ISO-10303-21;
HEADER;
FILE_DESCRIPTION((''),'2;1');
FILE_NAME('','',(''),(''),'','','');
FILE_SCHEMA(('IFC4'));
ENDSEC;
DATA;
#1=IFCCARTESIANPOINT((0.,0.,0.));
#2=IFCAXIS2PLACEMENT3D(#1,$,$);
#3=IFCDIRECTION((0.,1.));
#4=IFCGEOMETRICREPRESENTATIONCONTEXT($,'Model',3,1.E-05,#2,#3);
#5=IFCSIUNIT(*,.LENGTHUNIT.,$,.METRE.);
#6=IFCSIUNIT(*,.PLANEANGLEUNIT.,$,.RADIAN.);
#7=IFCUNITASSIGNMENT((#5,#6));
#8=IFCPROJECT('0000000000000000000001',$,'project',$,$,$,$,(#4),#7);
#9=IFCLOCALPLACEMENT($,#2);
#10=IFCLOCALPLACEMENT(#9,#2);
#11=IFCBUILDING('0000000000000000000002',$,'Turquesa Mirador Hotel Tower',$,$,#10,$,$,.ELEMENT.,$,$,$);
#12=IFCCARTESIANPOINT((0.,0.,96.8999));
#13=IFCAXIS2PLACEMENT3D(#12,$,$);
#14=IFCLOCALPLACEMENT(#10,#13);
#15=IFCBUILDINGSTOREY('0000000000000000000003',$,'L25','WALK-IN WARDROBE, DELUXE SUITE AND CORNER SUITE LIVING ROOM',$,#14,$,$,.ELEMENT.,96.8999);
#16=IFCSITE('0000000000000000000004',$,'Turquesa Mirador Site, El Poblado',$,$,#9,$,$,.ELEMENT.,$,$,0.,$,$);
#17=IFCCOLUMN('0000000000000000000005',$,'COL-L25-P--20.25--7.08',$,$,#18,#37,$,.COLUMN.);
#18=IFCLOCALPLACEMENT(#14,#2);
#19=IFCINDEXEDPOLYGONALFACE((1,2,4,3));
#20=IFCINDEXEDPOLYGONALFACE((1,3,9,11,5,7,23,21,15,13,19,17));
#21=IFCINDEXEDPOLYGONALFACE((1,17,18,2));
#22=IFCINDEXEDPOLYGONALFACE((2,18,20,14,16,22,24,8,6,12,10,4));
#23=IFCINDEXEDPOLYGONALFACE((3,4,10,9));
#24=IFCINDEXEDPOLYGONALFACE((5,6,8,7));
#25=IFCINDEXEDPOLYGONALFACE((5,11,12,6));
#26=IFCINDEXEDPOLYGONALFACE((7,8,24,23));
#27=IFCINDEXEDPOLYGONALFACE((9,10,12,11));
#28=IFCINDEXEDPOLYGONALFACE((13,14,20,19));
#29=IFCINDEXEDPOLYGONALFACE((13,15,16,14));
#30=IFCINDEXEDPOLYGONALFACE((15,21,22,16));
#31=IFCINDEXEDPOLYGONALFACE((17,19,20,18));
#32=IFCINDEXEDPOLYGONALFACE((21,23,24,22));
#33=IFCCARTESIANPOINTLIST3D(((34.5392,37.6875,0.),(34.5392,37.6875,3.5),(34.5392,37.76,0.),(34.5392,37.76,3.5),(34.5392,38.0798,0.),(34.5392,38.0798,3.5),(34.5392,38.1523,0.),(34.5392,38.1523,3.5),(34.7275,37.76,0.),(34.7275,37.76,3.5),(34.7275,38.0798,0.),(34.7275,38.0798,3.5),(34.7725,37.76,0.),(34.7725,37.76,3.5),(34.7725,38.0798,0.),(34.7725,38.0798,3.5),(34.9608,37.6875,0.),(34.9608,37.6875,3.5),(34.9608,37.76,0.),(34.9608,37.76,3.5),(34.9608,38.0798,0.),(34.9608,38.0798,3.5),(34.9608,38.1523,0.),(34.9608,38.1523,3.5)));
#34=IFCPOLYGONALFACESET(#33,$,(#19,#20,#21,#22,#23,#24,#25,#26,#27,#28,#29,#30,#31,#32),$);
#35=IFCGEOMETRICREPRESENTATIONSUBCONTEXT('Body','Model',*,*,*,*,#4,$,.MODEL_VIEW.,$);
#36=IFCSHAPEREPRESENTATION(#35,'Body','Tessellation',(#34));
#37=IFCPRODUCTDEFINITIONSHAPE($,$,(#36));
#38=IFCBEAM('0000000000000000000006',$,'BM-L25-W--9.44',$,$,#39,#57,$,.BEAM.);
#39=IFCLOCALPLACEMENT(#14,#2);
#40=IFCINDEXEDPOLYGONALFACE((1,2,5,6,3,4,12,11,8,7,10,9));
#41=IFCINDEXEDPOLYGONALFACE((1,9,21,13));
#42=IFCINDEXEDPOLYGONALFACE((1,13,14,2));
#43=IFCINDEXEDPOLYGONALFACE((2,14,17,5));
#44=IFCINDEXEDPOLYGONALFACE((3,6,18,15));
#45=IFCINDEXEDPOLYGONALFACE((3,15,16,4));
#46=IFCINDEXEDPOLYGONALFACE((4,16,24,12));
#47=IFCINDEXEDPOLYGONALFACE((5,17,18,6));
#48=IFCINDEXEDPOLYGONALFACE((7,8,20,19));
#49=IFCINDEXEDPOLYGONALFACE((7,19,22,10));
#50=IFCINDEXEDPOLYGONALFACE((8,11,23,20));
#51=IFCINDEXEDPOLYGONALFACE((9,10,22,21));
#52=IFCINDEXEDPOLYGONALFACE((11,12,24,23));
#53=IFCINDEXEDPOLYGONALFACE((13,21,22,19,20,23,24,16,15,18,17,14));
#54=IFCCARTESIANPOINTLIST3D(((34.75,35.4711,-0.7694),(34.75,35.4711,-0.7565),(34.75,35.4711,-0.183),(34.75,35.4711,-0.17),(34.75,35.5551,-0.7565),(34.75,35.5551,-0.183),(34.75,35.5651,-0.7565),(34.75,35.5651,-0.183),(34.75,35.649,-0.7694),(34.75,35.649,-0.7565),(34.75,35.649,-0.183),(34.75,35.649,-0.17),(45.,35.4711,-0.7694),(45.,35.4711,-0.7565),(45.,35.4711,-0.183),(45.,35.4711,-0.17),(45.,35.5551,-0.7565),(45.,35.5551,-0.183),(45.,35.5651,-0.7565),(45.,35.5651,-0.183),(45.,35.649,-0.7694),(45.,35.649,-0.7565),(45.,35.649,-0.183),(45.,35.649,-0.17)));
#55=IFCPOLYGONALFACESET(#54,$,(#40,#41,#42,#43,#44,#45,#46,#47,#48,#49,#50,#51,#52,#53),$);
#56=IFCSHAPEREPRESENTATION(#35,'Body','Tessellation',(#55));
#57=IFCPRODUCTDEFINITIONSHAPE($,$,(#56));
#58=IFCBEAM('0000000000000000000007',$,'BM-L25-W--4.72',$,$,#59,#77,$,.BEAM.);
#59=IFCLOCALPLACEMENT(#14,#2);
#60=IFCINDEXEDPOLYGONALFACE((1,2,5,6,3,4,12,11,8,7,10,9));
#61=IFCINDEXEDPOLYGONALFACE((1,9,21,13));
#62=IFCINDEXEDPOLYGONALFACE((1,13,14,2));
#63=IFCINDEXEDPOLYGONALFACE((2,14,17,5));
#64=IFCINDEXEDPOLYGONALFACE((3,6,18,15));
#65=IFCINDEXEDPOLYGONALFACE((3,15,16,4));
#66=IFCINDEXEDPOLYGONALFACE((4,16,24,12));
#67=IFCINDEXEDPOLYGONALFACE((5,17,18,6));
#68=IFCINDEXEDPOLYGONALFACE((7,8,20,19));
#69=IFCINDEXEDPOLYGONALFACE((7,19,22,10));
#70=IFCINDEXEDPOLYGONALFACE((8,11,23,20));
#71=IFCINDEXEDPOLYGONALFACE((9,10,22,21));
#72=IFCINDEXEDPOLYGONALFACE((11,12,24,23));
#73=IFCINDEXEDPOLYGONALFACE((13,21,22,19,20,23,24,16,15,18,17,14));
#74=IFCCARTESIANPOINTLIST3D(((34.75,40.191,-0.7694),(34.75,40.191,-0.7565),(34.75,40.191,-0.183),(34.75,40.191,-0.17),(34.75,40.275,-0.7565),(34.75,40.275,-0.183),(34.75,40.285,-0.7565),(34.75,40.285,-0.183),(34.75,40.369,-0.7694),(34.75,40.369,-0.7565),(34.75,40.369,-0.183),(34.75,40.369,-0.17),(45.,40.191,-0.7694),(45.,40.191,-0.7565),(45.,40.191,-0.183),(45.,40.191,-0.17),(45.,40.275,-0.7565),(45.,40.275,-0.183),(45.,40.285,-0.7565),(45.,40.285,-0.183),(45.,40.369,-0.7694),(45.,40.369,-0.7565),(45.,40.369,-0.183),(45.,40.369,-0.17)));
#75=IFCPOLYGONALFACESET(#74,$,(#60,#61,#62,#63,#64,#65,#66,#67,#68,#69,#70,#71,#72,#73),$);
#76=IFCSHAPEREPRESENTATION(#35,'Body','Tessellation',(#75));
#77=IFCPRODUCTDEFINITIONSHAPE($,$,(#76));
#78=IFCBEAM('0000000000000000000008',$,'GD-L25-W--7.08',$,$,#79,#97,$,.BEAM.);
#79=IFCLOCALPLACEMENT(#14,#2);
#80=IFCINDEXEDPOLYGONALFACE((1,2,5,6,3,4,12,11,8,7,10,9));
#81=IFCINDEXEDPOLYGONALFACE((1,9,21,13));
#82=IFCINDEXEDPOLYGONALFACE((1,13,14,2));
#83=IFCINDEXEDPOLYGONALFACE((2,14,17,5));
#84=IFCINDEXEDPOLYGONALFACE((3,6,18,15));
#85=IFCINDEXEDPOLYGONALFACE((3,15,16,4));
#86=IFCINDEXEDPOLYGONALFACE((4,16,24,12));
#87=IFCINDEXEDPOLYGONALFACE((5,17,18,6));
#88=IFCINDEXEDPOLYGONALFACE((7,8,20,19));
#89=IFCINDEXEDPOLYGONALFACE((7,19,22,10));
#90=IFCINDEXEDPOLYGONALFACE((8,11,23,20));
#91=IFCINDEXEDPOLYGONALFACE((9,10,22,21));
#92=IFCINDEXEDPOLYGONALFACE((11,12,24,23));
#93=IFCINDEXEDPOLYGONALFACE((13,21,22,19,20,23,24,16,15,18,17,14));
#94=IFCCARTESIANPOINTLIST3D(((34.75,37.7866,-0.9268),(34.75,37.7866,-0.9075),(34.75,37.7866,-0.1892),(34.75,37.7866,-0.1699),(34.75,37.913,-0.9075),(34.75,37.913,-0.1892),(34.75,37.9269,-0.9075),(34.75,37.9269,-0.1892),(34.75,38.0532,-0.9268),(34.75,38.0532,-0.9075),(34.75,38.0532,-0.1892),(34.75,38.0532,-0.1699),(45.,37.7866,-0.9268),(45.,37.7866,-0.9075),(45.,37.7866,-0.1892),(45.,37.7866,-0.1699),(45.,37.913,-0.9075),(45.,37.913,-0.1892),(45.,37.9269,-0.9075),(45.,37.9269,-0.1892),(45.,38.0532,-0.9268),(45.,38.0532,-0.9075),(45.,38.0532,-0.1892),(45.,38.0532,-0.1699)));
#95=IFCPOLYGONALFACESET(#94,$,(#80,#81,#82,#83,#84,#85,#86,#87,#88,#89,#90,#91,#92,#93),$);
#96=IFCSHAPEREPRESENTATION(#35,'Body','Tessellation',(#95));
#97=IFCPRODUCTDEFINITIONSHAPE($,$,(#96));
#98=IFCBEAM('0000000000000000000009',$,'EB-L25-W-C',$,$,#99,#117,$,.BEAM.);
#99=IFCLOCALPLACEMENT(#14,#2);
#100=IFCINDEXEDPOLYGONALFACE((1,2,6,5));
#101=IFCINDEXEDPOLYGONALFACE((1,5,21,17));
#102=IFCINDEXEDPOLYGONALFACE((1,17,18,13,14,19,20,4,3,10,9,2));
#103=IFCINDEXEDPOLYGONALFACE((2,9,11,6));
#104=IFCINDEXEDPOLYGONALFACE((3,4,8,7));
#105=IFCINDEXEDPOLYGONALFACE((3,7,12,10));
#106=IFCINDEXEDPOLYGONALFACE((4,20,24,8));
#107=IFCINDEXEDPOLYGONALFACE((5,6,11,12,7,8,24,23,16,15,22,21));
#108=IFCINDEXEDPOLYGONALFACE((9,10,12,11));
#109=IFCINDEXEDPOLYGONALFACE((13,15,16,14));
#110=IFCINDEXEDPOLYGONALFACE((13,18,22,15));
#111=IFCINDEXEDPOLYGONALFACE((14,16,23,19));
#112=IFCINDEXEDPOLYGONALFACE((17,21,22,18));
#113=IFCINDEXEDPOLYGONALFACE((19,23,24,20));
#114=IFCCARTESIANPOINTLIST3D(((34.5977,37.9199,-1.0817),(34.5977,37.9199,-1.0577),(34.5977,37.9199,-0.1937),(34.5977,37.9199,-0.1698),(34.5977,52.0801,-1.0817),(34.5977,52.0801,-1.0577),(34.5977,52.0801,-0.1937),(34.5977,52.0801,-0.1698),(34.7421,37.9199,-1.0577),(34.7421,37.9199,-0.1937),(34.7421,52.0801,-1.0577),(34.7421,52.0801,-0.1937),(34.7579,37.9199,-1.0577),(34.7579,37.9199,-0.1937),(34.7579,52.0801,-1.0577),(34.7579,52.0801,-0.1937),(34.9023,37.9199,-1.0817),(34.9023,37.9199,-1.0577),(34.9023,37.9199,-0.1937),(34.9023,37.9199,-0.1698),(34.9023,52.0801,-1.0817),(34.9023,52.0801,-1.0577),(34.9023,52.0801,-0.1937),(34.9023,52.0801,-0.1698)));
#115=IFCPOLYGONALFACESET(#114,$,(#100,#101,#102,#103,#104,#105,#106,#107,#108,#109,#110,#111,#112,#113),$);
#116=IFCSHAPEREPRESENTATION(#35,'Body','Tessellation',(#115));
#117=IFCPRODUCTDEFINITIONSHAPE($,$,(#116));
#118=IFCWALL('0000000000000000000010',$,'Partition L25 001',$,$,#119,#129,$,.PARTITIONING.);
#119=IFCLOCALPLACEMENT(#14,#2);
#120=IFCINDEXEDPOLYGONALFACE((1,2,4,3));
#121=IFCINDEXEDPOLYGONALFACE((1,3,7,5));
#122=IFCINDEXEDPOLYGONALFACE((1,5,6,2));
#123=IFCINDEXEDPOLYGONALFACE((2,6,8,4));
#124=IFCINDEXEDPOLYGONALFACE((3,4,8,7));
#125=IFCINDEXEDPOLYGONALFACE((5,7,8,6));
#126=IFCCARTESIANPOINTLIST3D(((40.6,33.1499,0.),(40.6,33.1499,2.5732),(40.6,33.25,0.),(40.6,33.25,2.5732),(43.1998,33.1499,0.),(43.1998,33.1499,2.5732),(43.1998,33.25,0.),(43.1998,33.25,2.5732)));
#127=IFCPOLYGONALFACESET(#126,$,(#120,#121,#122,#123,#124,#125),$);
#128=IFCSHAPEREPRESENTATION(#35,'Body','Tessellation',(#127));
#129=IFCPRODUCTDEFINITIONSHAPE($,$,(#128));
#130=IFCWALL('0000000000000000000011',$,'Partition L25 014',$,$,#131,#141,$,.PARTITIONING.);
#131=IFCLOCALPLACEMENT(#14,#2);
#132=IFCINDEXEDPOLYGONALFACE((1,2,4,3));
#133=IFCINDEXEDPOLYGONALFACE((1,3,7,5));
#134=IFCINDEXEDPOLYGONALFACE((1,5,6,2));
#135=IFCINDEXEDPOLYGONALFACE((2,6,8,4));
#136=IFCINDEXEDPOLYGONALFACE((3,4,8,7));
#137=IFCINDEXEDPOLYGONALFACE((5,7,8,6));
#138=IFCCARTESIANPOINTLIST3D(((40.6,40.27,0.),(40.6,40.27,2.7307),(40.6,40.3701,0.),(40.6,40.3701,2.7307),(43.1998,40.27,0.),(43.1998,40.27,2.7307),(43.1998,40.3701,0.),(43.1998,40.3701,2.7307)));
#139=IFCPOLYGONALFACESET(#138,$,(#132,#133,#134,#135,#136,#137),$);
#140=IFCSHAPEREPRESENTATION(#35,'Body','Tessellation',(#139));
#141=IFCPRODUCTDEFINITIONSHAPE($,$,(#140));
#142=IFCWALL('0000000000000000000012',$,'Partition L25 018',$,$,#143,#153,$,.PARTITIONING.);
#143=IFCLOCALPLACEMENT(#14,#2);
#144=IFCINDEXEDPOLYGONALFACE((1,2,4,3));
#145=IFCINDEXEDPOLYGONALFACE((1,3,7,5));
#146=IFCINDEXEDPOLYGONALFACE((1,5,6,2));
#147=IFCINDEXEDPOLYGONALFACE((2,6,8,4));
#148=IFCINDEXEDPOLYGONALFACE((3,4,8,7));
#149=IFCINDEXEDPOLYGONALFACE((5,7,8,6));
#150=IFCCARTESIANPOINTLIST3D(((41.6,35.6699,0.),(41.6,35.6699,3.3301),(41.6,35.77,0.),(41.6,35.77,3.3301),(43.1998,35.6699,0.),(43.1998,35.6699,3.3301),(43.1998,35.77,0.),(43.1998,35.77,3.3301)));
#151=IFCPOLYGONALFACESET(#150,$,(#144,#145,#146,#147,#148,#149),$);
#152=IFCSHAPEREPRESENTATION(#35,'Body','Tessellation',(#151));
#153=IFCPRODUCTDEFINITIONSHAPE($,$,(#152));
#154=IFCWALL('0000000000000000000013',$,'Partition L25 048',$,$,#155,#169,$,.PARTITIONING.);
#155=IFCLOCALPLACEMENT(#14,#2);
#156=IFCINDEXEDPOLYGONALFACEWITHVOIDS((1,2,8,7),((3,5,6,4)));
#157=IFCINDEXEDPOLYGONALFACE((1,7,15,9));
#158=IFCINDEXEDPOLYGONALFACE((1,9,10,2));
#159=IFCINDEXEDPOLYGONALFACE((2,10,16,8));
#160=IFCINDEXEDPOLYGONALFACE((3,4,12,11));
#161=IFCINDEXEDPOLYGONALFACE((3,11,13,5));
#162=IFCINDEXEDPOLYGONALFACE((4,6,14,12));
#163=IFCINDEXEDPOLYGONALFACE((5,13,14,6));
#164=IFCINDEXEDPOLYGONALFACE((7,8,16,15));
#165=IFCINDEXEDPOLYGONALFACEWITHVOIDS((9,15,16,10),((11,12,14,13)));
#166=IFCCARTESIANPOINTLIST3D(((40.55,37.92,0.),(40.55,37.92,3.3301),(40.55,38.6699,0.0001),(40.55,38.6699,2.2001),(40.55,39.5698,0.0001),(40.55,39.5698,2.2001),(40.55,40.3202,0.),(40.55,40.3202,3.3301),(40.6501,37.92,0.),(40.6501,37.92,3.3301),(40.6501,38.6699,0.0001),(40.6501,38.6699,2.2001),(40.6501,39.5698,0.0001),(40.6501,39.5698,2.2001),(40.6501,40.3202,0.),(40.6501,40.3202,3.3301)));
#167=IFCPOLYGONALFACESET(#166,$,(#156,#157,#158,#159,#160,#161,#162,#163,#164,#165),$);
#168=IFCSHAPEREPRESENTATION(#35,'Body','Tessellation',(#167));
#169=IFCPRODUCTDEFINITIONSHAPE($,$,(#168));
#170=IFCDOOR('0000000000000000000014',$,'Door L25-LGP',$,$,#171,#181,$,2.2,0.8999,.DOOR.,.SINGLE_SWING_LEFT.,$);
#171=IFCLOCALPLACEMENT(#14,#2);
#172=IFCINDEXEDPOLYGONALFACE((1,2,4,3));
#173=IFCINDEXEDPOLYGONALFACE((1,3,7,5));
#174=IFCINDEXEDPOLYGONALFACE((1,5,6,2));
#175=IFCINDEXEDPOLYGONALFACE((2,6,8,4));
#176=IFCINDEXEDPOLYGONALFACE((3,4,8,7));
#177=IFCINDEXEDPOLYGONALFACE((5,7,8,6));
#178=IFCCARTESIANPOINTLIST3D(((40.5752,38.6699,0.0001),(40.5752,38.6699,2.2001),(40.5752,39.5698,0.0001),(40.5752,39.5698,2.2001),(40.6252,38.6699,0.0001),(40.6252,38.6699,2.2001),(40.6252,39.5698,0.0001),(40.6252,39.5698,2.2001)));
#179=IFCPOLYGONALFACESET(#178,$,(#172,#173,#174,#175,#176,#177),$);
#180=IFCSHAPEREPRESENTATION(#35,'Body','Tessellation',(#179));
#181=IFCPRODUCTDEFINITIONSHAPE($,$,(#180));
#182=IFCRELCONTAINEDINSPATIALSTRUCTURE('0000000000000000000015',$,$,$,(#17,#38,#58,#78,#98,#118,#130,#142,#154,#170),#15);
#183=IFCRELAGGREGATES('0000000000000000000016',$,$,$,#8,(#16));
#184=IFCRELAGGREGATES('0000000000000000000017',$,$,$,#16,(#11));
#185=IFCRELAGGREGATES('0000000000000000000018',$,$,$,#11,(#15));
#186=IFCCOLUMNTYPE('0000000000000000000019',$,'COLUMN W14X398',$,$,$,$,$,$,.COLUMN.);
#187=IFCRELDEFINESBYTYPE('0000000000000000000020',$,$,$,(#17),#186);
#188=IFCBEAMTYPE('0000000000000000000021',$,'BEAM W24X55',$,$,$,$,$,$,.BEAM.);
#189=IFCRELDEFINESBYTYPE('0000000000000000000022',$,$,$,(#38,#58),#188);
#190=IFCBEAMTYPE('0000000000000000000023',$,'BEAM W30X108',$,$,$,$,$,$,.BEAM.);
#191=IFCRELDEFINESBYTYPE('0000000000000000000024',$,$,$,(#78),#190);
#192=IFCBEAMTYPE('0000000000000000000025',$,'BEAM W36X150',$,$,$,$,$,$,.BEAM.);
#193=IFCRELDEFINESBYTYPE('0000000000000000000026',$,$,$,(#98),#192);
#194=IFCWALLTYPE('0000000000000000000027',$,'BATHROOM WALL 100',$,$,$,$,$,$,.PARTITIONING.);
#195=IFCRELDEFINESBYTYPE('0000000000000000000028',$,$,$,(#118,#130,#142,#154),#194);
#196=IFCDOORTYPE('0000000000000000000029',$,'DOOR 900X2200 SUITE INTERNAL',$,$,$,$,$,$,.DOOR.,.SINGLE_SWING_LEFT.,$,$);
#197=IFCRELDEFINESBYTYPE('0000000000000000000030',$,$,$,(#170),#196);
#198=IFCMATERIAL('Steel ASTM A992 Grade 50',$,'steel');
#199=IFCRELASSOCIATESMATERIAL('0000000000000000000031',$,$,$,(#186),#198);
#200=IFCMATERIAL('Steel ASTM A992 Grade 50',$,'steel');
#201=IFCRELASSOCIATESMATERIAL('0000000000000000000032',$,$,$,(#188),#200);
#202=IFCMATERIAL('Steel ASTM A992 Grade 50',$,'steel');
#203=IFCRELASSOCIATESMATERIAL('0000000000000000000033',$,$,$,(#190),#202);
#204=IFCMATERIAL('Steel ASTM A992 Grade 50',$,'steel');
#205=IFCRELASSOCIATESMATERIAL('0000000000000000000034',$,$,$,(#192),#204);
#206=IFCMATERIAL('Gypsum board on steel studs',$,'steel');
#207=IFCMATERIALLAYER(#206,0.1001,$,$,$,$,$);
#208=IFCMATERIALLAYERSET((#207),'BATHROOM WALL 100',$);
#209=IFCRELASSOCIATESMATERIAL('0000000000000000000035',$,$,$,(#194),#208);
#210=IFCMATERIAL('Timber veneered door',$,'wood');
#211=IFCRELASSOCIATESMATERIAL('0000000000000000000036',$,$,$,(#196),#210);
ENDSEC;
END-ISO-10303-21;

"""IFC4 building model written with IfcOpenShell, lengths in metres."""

from ifc_helpers import new_model, si_unit, direction, frame, frame_2d, origin, origin_2d, place, context, subcontext, project, spatial, rectangle, i_section, extrude, material, layer, layer_set, material_profile, profile_set, type_object, element, fill, save


model = new_model("IFC4")

# Units and contexts
model_context = context("Model", 3, precision=1e-05, world=origin(), true_north=direction((0.0, 1.0)))
body_context = subcontext(model_context, "Body", "Model", "MODEL_VIEW")
ifc_project = project(units=[si_unit("LENGTHUNIT", "METRE"), si_unit("PLANEANGLEUNIT", "RADIAN")], contexts=[model_context])

# Site, building, storey
site_placement = place(None, origin())
site = spatial("IfcSite", under=ifc_project, at=site_placement, Name="Turquesa Mirador Site, El Poblado", CompositionType="ELEMENT", RefElevation=0.0)
building_placement = place(site_placement, origin())
building = spatial("IfcBuilding", under=site, at=building_placement, Name="Turquesa Mirador Hotel Tower", CompositionType="ELEMENT")
storey_placement = place(building_placement, frame((0.0, 0.0, 96.8999)))
storey = spatial("IfcBuildingStorey", under=building, at=storey_placement, Name="L25", Description="WALK-IN WARDROBE, DELUXE SUITE AND CORNER SUITE LIVING ROOM", CompositionType="ELEMENT", Elevation=96.8999)

# Column
ifc_material_1 = material(Name="Steel ASTM A992 Grade 50", Category="steel")
ifc_material_profile_1 = material_profile(ifc_material_1, i_section(OverallWidth=0.4216, OverallDepth=0.4648, WebThickness=0.0449, FlangeThickness=0.0725, at=origin_2d()), Name="W14X398")
ifc_profile_set_1 = profile_set([ifc_material_profile_1], Name="Steel ASTM A992 Grade 50")
column_type = type_object("IfcColumnType", Name="COLUMN W14X398", PredefinedType="COLUMN", material=ifc_profile_set_1)
column_placement = place(storey_placement, frame((34.75, 37.9199, 0.0), z_axis=(0.0, 0.0, 1.0), x_axis=(1.0, 0.0, 0.0)))
element("IfcColumn", 1, at=column_placement, inside=storey, type_object=column_type, Name="COL-L25-P--20.25--7.08", PredefinedType="COLUMN", context=body_context, shape_type="SweptSolid", body=[
    extrude(i_section(OverallWidth=0.4216, OverallDepth=0.4648, WebThickness=0.0449, FlangeThickness=0.0725, at=origin_2d()), origin(), (0.0, 0.0, 1.0), 3.5),
])

# Beams
ifc_material_2 = material(Name="Steel ASTM A992 Grade 50", Category="steel")
ifc_material_profile_2 = material_profile(ifc_material_2, i_section(OverallWidth=0.178, OverallDepth=0.5994, WebThickness=0.01, FlangeThickness=0.0129, at=origin_2d()), Name="W24X55")
ifc_profile_set_2 = profile_set([ifc_material_profile_2], Name="Steel ASTM A992 Grade 50")
beam_type_1 = type_object("IfcBeamType", Name="BEAM W24X55", PredefinedType="BEAM", material=ifc_profile_set_2)
for number, where, z_axis, x_axis, name in (
    (2, (34.75, 35.5601, -0.4697), (1.0, 0.0, 0.0), (0.0, 1.0, 0.0), "BM-L25-W--9.44"),
    (3, (34.75, 40.28, -0.4697), (1.0, 0.0, 0.0), (0.0, 1.0, 0.0), "BM-L25-W--4.72"),
):
    element("IfcBeam", number, at=place(storey_placement, frame(where, z_axis=z_axis, x_axis=x_axis)), inside=storey, type_object=beam_type_1, Name=name, PredefinedType="BEAM", context=body_context, shape_type="SweptSolid", body=[
        extrude(i_section(OverallWidth=0.178, OverallDepth=0.5994, WebThickness=0.01, FlangeThickness=0.0129, at=origin_2d()), origin(), (0.0, 0.0, 1.0), 10.25),
    ])
ifc_material_3 = material(Name="Steel ASTM A992 Grade 50", Category="steel")
ifc_material_profile_3 = material_profile(ifc_material_3, i_section(OverallWidth=0.2666, OverallDepth=0.7568, WebThickness=0.0139, FlangeThickness=0.0193, at=origin_2d()), Name="W30X108")
ifc_profile_set_3 = profile_set([ifc_material_profile_3], Name="Steel ASTM A992 Grade 50")
beam_type_2 = type_object("IfcBeamType", Name="BEAM W30X108", PredefinedType="BEAM", material=ifc_profile_set_3)
beam_1_placement = place(storey_placement, frame((34.75, 37.9199, -0.5483), z_axis=(1.0, 0.0, 0.0), x_axis=(0.0, 1.0, 0.0)))
element("IfcBeam", 4, at=beam_1_placement, inside=storey, type_object=beam_type_2, Name="GD-L25-W--7.08", PredefinedType="BEAM", context=body_context, shape_type="SweptSolid", body=[
    extrude(i_section(OverallWidth=0.2666, OverallDepth=0.7568, WebThickness=0.0139, FlangeThickness=0.0193, at=origin_2d()), origin(), (0.0, 0.0, 1.0), 10.25),
])
ifc_material_4 = material(Name="Steel ASTM A992 Grade 50", Category="steel")
ifc_material_profile_4 = material_profile(ifc_material_4, i_section(OverallWidth=0.3047, OverallDepth=0.9119, WebThickness=0.0159, FlangeThickness=0.0239, at=origin_2d()), Name="W36X150")
ifc_profile_set_4 = profile_set([ifc_material_profile_4], Name="Steel ASTM A992 Grade 50")
beam_type_3 = type_object("IfcBeamType", Name="BEAM W36X150", PredefinedType="BEAM", material=ifc_profile_set_4)
beam_2_placement = place(storey_placement, frame((34.75, 37.9199, -0.6257), z_axis=(0.0, 1.0, 0.0), x_axis=(-1.0, 0.0, 0.0)))
element("IfcBeam", 5, at=beam_2_placement, inside=storey, type_object=beam_type_3, Name="EB-L25-W-C", PredefinedType="BEAM", context=body_context, shape_type="SweptSolid", body=[
    extrude(i_section(OverallWidth=0.3047, OverallDepth=0.9119, WebThickness=0.0159, FlangeThickness=0.0239, at=origin_2d()), origin(), (0.0, 0.0, 1.0), 14.1602),
])

# Walls
ifc_material_5 = material(Name="Gypsum board on steel studs", Category="steel")
ifc_layer = layer(ifc_material_5, 0.1001)
ifc_layer_set = layer_set([ifc_layer], Name="BATHROOM WALL 100")
wall_type = type_object("IfcWallType", Name="BATHROOM WALL 100", PredefinedType="PARTITIONING", material=ifc_layer_set)
wall_1_placement = place(storey_placement, frame((40.6001, 33.2, 0.0), z_axis=(0.0, 0.0, 1.0), x_axis=(1.0, 0.0, 0.0)))
element("IfcWall", 6, at=wall_1_placement, inside=storey, type_object=wall_type, Name="Partition L25 001", PredefinedType="PARTITIONING", context=body_context, shape_type="SweptSolid", body=[
    extrude(rectangle(XDim=2.5999, YDim=0.1001, at=frame_2d((1.2998, 0.0))), origin(), (0.0, 0.0, 1.0), 2.5732),
])
wall_2_placement = place(storey_placement, frame((40.6001, 40.3201, 0.0), z_axis=(0.0, 0.0, 1.0), x_axis=(1.0, 0.0, 0.0)))
element("IfcWall", 7, at=wall_2_placement, inside=storey, type_object=wall_type, Name="Partition L25 014", PredefinedType="PARTITIONING", context=body_context, shape_type="SweptSolid", body=[
    extrude(rectangle(XDim=2.5999, YDim=0.1001, at=frame_2d((1.2998, 0.0))), origin(), (0.0, 0.0, 1.0), 2.7307),
])
wall_3_placement = place(storey_placement, frame((41.6001, 35.72, 0.0), z_axis=(0.0, 0.0, 1.0), x_axis=(1.0, 0.0, 0.0)))
element("IfcWall", 8, at=wall_3_placement, inside=storey, type_object=wall_type, Name="Partition L25 018", PredefinedType="PARTITIONING", context=body_context, shape_type="SweptSolid", body=[
    extrude(rectangle(XDim=1.5999, YDim=0.1001, at=frame_2d((0.7998, 0.0))), origin(), (0.0, 0.0, 1.0), 3.3301),
])

# Wall, opening, door
wall_4_placement = place(storey_placement, frame((40.6001, 37.9199, 0.0), z_axis=(0.0, 0.0, 1.0), x_axis=(0.0, 1.0, 0.0)))
wall_4 = element("IfcWall", 9, at=wall_4_placement, inside=storey, type_object=wall_type, Name="Partition L25 048", PredefinedType="PARTITIONING", context=body_context, shape_type="SweptSolid", body=[
    extrude(rectangle(XDim=2.4001, YDim=0.1001, at=frame_2d((1.2002, 0.0))), origin(), (0.0, 0.0, 1.0), 3.3301),
])
opening_placement = place(wall_4_placement, frame((0.75, 0.0, 0.0)))
opening = element("IfcOpeningElement", 10, at=opening_placement, cuts=wall_4, PredefinedType="OPENING", context=body_context, shape_type="SweptSolid", body=[
    extrude(rectangle(XDim=0.8999, YDim=2.2, at=frame_2d((0.45, 1.1001))), frame((0.0, 0.0601, 0.0), z_axis=(0.0, -1.0, 0.0), x_axis=(1.0, 0.0, 0.0)), (0.0, 0.0, 1.0), 0.1201),
])
ifc_material_6 = material(Name="Timber veneered door", Category="wood")
door_type = type_object("IfcDoorType", Name="DOOR 900X2200 SUITE INTERNAL", OperationType="SINGLE_SWING_LEFT", PredefinedType="DOOR", material=ifc_material_6)
door_placement = place(opening_placement, origin())
door = element("IfcDoor", 11, at=door_placement, inside=storey, type_object=door_type, Name="Door L25-LGP", OperationType="SINGLE_SWING_LEFT", OverallHeight=2.2, OverallWidth=0.8999, PredefinedType="DOOR", context=body_context, shape_type="SweptSolid", body=[
    extrude(rectangle(XDim=0.8999, YDim=2.2, at=frame_2d((0.45, 1.1001))), frame((0.0, 0.0249, 0.0), z_axis=(0.0, -1.0, 0.0), x_axis=(1.0, 0.0, 0.0)), (0.0, 0.0, 1.0), 0.05),
])
fill(opening, door)

save(model, "model.ifc")
